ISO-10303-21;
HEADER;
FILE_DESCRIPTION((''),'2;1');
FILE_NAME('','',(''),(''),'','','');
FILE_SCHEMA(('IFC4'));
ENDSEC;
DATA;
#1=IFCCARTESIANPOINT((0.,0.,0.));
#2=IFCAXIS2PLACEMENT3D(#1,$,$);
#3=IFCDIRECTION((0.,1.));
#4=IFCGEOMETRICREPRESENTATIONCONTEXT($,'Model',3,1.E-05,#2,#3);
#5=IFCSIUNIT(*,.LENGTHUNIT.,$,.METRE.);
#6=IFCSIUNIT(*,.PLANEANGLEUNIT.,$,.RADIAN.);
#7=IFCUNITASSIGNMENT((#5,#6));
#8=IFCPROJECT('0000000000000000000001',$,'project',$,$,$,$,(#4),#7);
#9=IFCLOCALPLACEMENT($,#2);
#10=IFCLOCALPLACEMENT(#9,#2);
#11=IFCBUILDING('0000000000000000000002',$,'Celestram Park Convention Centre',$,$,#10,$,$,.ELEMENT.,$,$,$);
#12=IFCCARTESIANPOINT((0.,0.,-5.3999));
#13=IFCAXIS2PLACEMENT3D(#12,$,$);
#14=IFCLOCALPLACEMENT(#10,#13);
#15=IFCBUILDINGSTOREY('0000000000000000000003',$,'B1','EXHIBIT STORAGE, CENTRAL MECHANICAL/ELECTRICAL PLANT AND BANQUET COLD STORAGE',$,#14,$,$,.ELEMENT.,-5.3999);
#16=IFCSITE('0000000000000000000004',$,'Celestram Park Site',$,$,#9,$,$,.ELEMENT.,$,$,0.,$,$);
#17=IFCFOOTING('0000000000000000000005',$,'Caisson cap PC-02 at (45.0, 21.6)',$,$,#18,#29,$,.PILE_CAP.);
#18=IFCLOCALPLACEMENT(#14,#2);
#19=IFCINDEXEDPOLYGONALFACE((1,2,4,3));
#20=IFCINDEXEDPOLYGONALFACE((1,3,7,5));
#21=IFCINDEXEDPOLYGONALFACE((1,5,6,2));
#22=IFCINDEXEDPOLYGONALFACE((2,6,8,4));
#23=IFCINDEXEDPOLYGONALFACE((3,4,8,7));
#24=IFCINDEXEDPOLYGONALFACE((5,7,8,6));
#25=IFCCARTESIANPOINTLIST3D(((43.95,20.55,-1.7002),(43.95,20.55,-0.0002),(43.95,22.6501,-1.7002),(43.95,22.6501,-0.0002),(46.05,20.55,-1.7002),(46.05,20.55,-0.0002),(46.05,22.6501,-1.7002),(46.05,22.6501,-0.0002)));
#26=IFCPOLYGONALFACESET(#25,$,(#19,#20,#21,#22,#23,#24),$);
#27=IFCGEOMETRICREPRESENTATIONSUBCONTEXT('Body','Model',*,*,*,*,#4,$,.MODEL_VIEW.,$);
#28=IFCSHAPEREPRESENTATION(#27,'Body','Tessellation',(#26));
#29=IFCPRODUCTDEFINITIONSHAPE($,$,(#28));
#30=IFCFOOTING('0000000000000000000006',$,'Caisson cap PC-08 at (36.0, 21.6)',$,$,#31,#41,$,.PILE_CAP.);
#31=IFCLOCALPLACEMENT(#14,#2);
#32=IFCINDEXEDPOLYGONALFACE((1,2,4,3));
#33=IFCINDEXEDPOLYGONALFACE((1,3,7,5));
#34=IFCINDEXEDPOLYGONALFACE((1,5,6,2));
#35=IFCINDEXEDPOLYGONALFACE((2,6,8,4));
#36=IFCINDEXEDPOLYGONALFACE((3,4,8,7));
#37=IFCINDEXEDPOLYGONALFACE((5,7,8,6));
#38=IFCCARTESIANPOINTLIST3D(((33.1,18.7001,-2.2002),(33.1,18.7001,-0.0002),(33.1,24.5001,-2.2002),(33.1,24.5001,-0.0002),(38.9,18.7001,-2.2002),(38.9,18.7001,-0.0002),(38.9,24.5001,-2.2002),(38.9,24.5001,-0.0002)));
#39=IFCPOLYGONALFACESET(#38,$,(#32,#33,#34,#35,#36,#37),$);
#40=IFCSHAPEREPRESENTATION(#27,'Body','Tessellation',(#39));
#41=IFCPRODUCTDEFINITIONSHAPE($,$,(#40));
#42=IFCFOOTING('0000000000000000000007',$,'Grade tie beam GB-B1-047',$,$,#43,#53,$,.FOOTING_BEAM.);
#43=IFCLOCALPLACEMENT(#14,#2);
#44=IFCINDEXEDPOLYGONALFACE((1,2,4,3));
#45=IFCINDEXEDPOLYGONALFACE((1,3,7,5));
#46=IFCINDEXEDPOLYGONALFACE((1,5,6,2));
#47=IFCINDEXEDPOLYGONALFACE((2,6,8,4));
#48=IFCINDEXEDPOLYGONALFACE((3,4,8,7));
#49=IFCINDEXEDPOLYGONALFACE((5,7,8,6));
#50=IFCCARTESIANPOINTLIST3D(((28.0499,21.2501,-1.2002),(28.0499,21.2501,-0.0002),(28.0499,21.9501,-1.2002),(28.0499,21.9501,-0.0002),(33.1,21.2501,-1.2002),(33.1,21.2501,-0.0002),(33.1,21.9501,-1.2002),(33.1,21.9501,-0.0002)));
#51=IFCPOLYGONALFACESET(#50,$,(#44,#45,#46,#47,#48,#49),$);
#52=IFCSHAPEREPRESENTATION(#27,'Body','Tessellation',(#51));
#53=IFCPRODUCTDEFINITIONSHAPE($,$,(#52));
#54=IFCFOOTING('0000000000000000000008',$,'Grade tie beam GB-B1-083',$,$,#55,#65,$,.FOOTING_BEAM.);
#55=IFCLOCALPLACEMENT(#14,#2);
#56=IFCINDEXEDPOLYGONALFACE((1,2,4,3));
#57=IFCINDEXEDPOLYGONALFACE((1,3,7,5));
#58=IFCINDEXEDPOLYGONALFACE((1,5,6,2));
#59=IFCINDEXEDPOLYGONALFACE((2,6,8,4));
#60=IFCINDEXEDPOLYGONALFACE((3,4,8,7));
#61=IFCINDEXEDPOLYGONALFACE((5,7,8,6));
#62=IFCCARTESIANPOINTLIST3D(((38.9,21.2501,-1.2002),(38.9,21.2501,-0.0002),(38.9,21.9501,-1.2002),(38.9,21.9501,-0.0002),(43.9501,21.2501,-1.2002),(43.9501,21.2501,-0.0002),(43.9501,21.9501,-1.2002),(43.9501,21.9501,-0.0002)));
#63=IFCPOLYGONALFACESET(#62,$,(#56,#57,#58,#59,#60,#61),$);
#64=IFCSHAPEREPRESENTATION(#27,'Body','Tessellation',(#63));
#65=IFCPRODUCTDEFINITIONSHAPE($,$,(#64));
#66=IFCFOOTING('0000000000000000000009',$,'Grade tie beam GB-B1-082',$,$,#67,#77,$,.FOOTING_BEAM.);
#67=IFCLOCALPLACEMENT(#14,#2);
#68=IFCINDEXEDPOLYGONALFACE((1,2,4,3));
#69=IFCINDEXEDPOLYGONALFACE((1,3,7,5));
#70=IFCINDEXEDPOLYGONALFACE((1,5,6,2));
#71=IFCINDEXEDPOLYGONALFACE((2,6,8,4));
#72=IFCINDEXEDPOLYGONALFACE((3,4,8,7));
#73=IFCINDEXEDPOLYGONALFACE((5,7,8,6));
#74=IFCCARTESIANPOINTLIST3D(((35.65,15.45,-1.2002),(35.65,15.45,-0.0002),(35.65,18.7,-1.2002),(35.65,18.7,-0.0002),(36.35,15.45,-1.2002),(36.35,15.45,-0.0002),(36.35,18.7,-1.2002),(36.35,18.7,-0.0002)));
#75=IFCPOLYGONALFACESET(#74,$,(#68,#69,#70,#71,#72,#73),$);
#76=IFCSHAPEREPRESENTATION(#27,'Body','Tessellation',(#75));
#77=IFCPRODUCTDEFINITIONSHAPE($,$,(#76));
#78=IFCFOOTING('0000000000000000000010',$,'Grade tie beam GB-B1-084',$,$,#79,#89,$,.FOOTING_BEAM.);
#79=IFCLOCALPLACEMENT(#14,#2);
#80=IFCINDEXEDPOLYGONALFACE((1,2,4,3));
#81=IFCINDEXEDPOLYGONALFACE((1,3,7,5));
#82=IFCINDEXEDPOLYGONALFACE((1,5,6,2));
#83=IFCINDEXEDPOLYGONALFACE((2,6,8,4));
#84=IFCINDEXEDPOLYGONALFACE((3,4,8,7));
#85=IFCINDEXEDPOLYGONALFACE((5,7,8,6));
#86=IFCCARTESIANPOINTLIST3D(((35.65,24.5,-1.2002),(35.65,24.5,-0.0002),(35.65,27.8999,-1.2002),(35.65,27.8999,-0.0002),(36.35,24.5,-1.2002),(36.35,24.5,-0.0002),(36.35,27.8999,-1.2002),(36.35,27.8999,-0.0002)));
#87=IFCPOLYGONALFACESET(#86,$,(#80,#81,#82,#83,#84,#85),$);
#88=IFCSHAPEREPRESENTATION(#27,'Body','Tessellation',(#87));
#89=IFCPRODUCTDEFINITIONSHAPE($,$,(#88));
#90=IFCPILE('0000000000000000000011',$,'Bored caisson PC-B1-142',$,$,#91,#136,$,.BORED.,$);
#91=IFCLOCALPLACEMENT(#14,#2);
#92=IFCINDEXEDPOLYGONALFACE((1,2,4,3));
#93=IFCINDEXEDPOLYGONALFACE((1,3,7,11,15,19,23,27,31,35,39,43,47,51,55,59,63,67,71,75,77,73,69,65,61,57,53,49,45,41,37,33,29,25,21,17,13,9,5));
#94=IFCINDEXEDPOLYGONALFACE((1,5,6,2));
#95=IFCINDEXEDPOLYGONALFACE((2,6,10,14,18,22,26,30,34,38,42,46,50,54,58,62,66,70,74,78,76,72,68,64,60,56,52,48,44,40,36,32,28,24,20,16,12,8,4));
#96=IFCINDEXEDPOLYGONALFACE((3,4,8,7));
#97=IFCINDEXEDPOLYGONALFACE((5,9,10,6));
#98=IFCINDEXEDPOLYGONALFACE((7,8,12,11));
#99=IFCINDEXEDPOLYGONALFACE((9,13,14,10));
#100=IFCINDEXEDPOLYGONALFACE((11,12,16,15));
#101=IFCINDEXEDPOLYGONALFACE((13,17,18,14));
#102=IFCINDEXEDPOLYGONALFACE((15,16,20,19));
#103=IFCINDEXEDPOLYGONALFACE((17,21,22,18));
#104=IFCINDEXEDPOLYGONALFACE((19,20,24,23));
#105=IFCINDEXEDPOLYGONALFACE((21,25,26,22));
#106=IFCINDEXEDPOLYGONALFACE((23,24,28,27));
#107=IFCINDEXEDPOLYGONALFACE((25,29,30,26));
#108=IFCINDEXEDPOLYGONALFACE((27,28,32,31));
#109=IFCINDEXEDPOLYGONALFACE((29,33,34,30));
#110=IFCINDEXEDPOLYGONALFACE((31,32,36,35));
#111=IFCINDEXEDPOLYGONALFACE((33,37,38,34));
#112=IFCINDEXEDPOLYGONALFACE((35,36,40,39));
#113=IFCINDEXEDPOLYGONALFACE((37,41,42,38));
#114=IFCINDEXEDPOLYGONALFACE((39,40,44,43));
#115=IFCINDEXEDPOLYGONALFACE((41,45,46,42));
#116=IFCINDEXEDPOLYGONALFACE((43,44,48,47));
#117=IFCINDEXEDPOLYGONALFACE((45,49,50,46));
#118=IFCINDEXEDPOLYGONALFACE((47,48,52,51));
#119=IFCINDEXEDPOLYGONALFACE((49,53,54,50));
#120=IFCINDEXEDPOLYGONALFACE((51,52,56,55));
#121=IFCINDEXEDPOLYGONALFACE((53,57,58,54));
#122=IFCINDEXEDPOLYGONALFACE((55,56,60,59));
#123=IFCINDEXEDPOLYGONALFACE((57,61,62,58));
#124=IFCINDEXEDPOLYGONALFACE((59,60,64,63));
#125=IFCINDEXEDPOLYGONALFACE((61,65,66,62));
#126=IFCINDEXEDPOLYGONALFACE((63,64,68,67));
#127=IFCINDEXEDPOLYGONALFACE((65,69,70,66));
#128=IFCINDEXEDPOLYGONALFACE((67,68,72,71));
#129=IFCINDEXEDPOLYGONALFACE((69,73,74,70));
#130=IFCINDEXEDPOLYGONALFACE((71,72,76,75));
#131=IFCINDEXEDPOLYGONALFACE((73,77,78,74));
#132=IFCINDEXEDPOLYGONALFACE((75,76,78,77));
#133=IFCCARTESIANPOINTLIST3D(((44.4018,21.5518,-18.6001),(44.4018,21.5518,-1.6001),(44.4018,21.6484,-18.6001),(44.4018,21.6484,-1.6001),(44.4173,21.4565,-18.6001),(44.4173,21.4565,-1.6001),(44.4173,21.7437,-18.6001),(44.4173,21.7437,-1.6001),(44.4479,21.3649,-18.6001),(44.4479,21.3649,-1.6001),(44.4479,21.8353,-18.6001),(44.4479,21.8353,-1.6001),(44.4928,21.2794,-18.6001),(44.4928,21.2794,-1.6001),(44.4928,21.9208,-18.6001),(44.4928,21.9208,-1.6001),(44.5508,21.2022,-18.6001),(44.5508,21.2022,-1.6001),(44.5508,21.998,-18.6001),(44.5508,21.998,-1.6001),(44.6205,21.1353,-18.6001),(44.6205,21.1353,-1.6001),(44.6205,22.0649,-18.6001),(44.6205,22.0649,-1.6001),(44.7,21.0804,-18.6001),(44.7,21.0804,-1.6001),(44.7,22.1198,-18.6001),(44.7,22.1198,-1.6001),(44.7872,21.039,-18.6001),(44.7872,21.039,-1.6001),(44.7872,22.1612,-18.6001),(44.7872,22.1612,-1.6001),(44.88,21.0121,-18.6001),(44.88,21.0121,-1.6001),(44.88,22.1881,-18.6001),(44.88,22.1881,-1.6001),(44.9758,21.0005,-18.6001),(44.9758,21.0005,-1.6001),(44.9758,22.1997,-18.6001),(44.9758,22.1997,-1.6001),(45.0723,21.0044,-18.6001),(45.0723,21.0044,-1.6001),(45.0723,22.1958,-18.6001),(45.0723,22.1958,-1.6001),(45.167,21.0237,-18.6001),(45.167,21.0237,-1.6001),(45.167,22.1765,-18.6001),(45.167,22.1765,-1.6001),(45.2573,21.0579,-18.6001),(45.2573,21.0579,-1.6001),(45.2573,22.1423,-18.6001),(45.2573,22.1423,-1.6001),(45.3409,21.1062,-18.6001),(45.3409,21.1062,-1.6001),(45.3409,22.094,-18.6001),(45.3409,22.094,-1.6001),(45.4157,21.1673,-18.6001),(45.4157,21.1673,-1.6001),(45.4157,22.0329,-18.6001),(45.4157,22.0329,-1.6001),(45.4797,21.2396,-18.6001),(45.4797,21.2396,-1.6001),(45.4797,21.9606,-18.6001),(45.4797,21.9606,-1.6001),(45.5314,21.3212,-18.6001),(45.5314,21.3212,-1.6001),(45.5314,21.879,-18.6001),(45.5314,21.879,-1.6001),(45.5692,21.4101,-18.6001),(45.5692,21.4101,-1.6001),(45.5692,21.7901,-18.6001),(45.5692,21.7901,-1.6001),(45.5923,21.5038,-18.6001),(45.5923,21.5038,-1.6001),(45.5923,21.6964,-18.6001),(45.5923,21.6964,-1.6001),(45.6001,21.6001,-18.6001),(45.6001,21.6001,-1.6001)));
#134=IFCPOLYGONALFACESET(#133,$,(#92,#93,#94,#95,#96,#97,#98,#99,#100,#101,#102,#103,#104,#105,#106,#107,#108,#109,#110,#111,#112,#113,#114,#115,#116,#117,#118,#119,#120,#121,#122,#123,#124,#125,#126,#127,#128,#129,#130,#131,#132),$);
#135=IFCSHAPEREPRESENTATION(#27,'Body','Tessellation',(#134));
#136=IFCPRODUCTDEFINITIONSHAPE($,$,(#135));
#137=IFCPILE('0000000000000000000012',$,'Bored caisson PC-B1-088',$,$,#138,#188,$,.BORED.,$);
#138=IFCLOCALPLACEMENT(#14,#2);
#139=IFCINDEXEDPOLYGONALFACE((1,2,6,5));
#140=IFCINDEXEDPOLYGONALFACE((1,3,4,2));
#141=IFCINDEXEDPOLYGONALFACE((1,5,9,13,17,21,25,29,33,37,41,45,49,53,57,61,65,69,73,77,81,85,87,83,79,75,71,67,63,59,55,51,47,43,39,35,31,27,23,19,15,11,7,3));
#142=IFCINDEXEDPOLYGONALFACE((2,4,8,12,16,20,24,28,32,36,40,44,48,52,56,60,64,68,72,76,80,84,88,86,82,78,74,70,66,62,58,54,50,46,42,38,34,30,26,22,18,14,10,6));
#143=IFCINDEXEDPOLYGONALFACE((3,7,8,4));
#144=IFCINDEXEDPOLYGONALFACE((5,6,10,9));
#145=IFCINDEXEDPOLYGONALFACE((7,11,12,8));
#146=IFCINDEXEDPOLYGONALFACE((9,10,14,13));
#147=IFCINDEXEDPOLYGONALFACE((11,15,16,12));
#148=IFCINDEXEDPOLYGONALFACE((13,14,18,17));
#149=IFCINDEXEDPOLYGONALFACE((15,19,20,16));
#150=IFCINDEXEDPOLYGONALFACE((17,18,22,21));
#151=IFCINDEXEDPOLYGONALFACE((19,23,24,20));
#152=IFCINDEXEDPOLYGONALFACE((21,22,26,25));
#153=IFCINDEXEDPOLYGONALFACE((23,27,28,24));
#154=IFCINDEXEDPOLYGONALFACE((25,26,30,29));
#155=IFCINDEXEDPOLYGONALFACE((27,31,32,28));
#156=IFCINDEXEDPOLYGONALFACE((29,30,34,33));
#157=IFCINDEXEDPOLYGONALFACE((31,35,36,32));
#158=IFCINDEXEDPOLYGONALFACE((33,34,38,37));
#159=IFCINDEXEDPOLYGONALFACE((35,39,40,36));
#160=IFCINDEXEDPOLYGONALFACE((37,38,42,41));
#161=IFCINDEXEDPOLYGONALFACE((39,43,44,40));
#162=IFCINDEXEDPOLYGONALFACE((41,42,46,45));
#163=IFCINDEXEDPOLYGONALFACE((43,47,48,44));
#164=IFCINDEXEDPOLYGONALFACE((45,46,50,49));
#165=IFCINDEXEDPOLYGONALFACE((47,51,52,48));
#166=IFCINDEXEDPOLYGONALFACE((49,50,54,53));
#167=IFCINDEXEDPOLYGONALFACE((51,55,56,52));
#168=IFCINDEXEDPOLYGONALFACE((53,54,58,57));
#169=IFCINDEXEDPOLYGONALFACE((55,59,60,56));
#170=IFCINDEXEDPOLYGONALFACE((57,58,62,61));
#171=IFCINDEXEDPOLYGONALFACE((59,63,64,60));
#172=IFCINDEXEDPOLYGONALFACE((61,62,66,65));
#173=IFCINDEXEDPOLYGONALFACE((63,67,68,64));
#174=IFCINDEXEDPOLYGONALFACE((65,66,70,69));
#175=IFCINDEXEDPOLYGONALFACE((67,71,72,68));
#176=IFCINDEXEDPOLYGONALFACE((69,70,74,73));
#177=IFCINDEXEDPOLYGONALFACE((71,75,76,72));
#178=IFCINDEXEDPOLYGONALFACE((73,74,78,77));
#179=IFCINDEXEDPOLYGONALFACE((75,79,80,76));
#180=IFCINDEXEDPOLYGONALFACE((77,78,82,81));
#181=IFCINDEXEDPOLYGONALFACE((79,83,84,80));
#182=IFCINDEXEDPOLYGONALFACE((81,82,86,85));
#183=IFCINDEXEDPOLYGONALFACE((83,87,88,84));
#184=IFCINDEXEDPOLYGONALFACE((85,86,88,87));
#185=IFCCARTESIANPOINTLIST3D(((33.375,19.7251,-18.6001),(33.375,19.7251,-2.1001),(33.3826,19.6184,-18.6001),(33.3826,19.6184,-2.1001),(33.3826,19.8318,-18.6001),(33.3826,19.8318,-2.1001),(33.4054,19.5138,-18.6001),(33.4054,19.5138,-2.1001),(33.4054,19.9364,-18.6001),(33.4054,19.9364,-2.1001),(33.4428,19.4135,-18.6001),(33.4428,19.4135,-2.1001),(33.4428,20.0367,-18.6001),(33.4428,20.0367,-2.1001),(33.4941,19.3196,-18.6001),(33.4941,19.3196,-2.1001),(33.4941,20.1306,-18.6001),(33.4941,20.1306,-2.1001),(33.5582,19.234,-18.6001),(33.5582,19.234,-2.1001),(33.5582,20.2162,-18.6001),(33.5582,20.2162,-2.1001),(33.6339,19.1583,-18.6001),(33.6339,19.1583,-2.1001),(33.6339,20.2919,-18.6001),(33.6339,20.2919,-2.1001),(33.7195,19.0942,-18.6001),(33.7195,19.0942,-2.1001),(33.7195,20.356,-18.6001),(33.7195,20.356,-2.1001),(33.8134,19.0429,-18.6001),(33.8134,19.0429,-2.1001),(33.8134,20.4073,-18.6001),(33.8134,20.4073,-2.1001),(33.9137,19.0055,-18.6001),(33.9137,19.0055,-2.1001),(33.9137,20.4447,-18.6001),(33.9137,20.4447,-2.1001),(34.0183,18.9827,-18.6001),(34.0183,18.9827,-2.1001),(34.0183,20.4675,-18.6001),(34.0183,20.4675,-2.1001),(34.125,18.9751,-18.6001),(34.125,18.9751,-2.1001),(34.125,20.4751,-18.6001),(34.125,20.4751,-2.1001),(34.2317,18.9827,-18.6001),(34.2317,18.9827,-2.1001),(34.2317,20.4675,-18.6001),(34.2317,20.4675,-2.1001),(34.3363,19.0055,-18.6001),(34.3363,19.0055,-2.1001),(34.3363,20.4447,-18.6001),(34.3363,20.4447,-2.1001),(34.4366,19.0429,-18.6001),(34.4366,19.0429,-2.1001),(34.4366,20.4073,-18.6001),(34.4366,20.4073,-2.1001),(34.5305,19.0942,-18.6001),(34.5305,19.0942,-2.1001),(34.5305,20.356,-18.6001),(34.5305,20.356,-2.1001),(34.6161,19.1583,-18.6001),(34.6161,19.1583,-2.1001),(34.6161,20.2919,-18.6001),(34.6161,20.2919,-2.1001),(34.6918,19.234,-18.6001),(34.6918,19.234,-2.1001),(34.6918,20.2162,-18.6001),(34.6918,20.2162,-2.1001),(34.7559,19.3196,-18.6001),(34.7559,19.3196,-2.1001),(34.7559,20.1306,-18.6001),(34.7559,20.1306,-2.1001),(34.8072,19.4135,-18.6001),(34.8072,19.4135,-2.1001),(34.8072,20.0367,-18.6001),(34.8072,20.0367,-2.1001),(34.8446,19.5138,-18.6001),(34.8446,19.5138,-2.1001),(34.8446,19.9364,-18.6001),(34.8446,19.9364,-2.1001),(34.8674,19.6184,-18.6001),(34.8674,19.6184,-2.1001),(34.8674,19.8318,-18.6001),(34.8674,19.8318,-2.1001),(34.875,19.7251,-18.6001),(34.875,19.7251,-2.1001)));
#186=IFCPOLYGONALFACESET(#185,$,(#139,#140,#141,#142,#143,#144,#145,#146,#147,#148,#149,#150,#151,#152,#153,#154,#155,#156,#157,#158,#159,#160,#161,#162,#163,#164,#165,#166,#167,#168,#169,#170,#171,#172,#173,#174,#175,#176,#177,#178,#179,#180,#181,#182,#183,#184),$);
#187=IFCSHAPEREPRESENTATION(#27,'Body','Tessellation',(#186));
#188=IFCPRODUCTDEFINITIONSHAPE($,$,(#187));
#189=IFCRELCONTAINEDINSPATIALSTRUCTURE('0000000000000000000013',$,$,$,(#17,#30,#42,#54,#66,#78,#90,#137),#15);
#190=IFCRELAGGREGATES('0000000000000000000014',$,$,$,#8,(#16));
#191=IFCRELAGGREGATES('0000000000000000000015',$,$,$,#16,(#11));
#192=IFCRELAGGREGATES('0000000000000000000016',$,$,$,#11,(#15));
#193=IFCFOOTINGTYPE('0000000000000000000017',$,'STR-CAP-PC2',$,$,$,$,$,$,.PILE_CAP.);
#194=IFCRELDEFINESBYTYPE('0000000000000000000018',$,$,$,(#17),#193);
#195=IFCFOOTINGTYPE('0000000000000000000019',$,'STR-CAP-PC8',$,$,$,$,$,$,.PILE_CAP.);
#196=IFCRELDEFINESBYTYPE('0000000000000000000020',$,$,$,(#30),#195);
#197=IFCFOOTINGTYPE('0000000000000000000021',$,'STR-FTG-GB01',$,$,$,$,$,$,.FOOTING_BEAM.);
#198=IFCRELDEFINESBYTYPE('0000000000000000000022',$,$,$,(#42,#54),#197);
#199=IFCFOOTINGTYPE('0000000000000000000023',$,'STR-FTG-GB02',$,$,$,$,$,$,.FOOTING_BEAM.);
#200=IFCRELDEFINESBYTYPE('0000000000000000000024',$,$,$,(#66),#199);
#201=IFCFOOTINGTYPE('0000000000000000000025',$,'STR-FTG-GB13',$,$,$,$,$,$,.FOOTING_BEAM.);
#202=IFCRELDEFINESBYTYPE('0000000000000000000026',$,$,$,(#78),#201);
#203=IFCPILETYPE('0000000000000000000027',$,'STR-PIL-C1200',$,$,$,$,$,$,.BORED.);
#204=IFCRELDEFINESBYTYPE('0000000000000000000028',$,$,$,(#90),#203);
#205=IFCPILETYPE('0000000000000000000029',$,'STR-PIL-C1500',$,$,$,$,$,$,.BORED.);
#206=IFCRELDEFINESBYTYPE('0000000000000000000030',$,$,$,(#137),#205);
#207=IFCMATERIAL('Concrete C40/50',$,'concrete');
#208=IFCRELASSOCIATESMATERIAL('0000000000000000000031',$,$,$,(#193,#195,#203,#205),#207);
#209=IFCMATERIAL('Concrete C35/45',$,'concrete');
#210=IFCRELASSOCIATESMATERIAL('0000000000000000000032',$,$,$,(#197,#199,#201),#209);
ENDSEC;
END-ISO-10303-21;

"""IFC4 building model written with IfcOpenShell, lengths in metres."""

from ifc_helpers import new_model, si_unit, direction, frame, origin, origin_2d, place, context, subcontext, project, spatial, rectangle, circle, extrude, material, material_profile, profile_set, type_object, element, save


model = new_model("IFC4")

# Units and contexts
model_context = context("Model", 3, precision=1e-05, world=origin(), true_north=direction((0.0, 1.0)))
body_context = subcontext(model_context, "Body", "Model", "MODEL_VIEW")
ifc_project = project(units=[si_unit("LENGTHUNIT", "METRE"), si_unit("PLANEANGLEUNIT", "RADIAN")], contexts=[model_context])

# Site, building, storey
site_placement = place(None, origin())
site = spatial("IfcSite", under=ifc_project, at=site_placement, Name="Celestram Park Site", CompositionType="ELEMENT", RefElevation=0.0)
building_placement = place(site_placement, origin())
building = spatial("IfcBuilding", under=site, at=building_placement, Name="Celestram Park Convention Centre", CompositionType="ELEMENT")
storey_placement = place(building_placement, frame((0.0, 0.0, -5.3999)))
storey = spatial("IfcBuildingStorey", under=building, at=storey_placement, Name="B1", Description="EXHIBIT STORAGE, CENTRAL MECHANICAL/ELECTRICAL PLANT AND BANQUET COLD STORAGE", CompositionType="ELEMENT", Elevation=-5.3999)

# Footings
ifc_material_1 = material(Name="Concrete C40/50", Category="concrete")
footing_type_1 = type_object("IfcFootingType", Name="STR-CAP-PC2", PredefinedType="PILE_CAP", material=ifc_material_1)
footing_1_placement = place(storey_placement, frame((45.0, 21.6001, -1.7002), z_axis=(0.0, 0.0, 1.0), x_axis=(1.0, 0.0, 0.0)))
element("IfcFooting", 1, at=footing_1_placement, inside=storey, type_object=footing_type_1, Name="Caisson cap PC-02 at (45.0, 21.6)", PredefinedType="PILE_CAP", context=body_context, shape_type="SweptSolid", body=[
    extrude(rectangle(XDim=2.1001, YDim=2.1001, at=origin_2d()), origin(), (0.0, 0.0, 1.0), 1.7),
])
footing_type_2 = type_object("IfcFootingType", Name="STR-CAP-PC8", PredefinedType="PILE_CAP", material=ifc_material_1)
footing_2_placement = place(storey_placement, frame((36.0, 21.6001, -2.2002), z_axis=(0.0, 0.0, 1.0), x_axis=(1.0, 0.0, 0.0)))
element("IfcFooting", 2, at=footing_2_placement, inside=storey, type_object=footing_type_2, Name="Caisson cap PC-08 at (36.0, 21.6)", PredefinedType="PILE_CAP", context=body_context, shape_type="SweptSolid", body=[
    extrude(rectangle(XDim=5.8, YDim=5.8, at=origin_2d()), origin(), (0.0, 0.0, 1.0), 2.2),
])
ifc_material_2 = material(Name="Concrete C35/45", Category="concrete")
footing_type_3 = type_object("IfcFootingType", Name="STR-FTG-GB01", PredefinedType="FOOTING_BEAM", material=ifc_material_2)
for number, where, z_axis, x_axis, name in (
    (3, (30.575, 21.6001, -1.2002), (0.0, 0.0, 1.0), (1.0, 0.0, 0.0), "Grade tie beam GB-B1-047"),
    (4, (41.425, 21.6001, -1.2002), (0.0, 0.0, 1.0), (1.0, 0.0, 0.0), "Grade tie beam GB-B1-083"),
):
    element("IfcFooting", number, at=place(storey_placement, frame(where, z_axis=z_axis, x_axis=x_axis)), inside=storey, type_object=footing_type_3, Name=name, PredefinedType="FOOTING_BEAM", context=body_context, shape_type="SweptSolid", body=[
        extrude(rectangle(XDim=5.05, YDim=0.7, at=origin_2d()), origin(), (0.0, 0.0, 1.0), 1.2),
    ])
footing_type_4 = type_object("IfcFootingType", Name="STR-FTG-GB02", PredefinedType="FOOTING_BEAM", material=ifc_material_2)
footing_3_placement = place(storey_placement, frame((36.0, 17.075, -1.2002), z_axis=(0.0, 0.0, 1.0), x_axis=(0.0, 1.0, 0.0)))
element("IfcFooting", 5, at=footing_3_placement, inside=storey, type_object=footing_type_4, Name="Grade tie beam GB-B1-082", PredefinedType="FOOTING_BEAM", context=body_context, shape_type="SweptSolid", body=[
    extrude(rectangle(XDim=3.25, YDim=0.7, at=origin_2d()), origin(), (0.0, 0.0, 1.0), 1.2),
])
footing_type_5 = type_object("IfcFootingType", Name="STR-FTG-GB13", PredefinedType="FOOTING_BEAM", material=ifc_material_2)
footing_4_placement = place(storey_placement, frame((36.0, 26.2, -1.2002), z_axis=(0.0, 0.0, 1.0), x_axis=(0.0, 1.0, 0.0)))
element("IfcFooting", 6, at=footing_4_placement, inside=storey, type_object=footing_type_5, Name="Grade tie beam GB-B1-084", PredefinedType="FOOTING_BEAM", context=body_context, shape_type="SweptSolid", body=[
    extrude(rectangle(XDim=3.3999, YDim=0.7, at=origin_2d()), origin(), (0.0, 0.0, 1.0), 1.2),
])

# Piles
ifc_material_profile_1 = material_profile(ifc_material_1, circle(Radius=0.6001, at=origin_2d()), Name="CAISSON1200")
ifc_profile_set_1 = profile_set([ifc_material_profile_1], Name="Concrete C40/50")
pile_type_1 = type_object("IfcPileType", Name="STR-PIL-C1200", PredefinedType="BORED", material=ifc_profile_set_1)
pile_placement = place(storey_placement, frame((45.0, 21.6001, -1.6001), z_axis=(0.0, 0.0, -1.0), x_axis=(1.0, 0.0, 0.0)))
element("IfcPile", 7, at=pile_placement, inside=storey, type_object=pile_type_1, Name="Bored caisson PC-B1-142", PredefinedType="BORED", context=body_context, shape_type="SweptSolid", body=[
    extrude(circle(Radius=0.6001, at=origin_2d()), origin(), (0.0, 0.0, 1.0), 17.0),
])
ifc_material_profile_2 = material_profile(ifc_material_1, circle(Radius=0.75, at=origin_2d()), Name="CAISSON1500")
ifc_profile_set_2 = profile_set([ifc_material_profile_2], Name="Concrete C40/50")
pile_type_2 = type_object("IfcPileType", Name="STR-PIL-C1500", PredefinedType="BORED", material=ifc_profile_set_2)
for number, where, z_axis, x_axis, name in (
    (8, (34.125, 19.7251, -2.1001), (0.0, 0.0, -1.0), (1.0, 0.0, 0.0), "Bored caisson PC-B1-088"),
):
    element("IfcPile", number, at=place(storey_placement, frame(where, z_axis=z_axis, x_axis=x_axis)), inside=storey, type_object=pile_type_2, Name=name, PredefinedType="BORED", context=body_context, shape_type="SweptSolid", body=[
        extrude(circle(Radius=0.75, at=origin_2d()), origin(), (0.0, 0.0, 1.0), 16.5),
    ])

save(model, "model.ifc")
